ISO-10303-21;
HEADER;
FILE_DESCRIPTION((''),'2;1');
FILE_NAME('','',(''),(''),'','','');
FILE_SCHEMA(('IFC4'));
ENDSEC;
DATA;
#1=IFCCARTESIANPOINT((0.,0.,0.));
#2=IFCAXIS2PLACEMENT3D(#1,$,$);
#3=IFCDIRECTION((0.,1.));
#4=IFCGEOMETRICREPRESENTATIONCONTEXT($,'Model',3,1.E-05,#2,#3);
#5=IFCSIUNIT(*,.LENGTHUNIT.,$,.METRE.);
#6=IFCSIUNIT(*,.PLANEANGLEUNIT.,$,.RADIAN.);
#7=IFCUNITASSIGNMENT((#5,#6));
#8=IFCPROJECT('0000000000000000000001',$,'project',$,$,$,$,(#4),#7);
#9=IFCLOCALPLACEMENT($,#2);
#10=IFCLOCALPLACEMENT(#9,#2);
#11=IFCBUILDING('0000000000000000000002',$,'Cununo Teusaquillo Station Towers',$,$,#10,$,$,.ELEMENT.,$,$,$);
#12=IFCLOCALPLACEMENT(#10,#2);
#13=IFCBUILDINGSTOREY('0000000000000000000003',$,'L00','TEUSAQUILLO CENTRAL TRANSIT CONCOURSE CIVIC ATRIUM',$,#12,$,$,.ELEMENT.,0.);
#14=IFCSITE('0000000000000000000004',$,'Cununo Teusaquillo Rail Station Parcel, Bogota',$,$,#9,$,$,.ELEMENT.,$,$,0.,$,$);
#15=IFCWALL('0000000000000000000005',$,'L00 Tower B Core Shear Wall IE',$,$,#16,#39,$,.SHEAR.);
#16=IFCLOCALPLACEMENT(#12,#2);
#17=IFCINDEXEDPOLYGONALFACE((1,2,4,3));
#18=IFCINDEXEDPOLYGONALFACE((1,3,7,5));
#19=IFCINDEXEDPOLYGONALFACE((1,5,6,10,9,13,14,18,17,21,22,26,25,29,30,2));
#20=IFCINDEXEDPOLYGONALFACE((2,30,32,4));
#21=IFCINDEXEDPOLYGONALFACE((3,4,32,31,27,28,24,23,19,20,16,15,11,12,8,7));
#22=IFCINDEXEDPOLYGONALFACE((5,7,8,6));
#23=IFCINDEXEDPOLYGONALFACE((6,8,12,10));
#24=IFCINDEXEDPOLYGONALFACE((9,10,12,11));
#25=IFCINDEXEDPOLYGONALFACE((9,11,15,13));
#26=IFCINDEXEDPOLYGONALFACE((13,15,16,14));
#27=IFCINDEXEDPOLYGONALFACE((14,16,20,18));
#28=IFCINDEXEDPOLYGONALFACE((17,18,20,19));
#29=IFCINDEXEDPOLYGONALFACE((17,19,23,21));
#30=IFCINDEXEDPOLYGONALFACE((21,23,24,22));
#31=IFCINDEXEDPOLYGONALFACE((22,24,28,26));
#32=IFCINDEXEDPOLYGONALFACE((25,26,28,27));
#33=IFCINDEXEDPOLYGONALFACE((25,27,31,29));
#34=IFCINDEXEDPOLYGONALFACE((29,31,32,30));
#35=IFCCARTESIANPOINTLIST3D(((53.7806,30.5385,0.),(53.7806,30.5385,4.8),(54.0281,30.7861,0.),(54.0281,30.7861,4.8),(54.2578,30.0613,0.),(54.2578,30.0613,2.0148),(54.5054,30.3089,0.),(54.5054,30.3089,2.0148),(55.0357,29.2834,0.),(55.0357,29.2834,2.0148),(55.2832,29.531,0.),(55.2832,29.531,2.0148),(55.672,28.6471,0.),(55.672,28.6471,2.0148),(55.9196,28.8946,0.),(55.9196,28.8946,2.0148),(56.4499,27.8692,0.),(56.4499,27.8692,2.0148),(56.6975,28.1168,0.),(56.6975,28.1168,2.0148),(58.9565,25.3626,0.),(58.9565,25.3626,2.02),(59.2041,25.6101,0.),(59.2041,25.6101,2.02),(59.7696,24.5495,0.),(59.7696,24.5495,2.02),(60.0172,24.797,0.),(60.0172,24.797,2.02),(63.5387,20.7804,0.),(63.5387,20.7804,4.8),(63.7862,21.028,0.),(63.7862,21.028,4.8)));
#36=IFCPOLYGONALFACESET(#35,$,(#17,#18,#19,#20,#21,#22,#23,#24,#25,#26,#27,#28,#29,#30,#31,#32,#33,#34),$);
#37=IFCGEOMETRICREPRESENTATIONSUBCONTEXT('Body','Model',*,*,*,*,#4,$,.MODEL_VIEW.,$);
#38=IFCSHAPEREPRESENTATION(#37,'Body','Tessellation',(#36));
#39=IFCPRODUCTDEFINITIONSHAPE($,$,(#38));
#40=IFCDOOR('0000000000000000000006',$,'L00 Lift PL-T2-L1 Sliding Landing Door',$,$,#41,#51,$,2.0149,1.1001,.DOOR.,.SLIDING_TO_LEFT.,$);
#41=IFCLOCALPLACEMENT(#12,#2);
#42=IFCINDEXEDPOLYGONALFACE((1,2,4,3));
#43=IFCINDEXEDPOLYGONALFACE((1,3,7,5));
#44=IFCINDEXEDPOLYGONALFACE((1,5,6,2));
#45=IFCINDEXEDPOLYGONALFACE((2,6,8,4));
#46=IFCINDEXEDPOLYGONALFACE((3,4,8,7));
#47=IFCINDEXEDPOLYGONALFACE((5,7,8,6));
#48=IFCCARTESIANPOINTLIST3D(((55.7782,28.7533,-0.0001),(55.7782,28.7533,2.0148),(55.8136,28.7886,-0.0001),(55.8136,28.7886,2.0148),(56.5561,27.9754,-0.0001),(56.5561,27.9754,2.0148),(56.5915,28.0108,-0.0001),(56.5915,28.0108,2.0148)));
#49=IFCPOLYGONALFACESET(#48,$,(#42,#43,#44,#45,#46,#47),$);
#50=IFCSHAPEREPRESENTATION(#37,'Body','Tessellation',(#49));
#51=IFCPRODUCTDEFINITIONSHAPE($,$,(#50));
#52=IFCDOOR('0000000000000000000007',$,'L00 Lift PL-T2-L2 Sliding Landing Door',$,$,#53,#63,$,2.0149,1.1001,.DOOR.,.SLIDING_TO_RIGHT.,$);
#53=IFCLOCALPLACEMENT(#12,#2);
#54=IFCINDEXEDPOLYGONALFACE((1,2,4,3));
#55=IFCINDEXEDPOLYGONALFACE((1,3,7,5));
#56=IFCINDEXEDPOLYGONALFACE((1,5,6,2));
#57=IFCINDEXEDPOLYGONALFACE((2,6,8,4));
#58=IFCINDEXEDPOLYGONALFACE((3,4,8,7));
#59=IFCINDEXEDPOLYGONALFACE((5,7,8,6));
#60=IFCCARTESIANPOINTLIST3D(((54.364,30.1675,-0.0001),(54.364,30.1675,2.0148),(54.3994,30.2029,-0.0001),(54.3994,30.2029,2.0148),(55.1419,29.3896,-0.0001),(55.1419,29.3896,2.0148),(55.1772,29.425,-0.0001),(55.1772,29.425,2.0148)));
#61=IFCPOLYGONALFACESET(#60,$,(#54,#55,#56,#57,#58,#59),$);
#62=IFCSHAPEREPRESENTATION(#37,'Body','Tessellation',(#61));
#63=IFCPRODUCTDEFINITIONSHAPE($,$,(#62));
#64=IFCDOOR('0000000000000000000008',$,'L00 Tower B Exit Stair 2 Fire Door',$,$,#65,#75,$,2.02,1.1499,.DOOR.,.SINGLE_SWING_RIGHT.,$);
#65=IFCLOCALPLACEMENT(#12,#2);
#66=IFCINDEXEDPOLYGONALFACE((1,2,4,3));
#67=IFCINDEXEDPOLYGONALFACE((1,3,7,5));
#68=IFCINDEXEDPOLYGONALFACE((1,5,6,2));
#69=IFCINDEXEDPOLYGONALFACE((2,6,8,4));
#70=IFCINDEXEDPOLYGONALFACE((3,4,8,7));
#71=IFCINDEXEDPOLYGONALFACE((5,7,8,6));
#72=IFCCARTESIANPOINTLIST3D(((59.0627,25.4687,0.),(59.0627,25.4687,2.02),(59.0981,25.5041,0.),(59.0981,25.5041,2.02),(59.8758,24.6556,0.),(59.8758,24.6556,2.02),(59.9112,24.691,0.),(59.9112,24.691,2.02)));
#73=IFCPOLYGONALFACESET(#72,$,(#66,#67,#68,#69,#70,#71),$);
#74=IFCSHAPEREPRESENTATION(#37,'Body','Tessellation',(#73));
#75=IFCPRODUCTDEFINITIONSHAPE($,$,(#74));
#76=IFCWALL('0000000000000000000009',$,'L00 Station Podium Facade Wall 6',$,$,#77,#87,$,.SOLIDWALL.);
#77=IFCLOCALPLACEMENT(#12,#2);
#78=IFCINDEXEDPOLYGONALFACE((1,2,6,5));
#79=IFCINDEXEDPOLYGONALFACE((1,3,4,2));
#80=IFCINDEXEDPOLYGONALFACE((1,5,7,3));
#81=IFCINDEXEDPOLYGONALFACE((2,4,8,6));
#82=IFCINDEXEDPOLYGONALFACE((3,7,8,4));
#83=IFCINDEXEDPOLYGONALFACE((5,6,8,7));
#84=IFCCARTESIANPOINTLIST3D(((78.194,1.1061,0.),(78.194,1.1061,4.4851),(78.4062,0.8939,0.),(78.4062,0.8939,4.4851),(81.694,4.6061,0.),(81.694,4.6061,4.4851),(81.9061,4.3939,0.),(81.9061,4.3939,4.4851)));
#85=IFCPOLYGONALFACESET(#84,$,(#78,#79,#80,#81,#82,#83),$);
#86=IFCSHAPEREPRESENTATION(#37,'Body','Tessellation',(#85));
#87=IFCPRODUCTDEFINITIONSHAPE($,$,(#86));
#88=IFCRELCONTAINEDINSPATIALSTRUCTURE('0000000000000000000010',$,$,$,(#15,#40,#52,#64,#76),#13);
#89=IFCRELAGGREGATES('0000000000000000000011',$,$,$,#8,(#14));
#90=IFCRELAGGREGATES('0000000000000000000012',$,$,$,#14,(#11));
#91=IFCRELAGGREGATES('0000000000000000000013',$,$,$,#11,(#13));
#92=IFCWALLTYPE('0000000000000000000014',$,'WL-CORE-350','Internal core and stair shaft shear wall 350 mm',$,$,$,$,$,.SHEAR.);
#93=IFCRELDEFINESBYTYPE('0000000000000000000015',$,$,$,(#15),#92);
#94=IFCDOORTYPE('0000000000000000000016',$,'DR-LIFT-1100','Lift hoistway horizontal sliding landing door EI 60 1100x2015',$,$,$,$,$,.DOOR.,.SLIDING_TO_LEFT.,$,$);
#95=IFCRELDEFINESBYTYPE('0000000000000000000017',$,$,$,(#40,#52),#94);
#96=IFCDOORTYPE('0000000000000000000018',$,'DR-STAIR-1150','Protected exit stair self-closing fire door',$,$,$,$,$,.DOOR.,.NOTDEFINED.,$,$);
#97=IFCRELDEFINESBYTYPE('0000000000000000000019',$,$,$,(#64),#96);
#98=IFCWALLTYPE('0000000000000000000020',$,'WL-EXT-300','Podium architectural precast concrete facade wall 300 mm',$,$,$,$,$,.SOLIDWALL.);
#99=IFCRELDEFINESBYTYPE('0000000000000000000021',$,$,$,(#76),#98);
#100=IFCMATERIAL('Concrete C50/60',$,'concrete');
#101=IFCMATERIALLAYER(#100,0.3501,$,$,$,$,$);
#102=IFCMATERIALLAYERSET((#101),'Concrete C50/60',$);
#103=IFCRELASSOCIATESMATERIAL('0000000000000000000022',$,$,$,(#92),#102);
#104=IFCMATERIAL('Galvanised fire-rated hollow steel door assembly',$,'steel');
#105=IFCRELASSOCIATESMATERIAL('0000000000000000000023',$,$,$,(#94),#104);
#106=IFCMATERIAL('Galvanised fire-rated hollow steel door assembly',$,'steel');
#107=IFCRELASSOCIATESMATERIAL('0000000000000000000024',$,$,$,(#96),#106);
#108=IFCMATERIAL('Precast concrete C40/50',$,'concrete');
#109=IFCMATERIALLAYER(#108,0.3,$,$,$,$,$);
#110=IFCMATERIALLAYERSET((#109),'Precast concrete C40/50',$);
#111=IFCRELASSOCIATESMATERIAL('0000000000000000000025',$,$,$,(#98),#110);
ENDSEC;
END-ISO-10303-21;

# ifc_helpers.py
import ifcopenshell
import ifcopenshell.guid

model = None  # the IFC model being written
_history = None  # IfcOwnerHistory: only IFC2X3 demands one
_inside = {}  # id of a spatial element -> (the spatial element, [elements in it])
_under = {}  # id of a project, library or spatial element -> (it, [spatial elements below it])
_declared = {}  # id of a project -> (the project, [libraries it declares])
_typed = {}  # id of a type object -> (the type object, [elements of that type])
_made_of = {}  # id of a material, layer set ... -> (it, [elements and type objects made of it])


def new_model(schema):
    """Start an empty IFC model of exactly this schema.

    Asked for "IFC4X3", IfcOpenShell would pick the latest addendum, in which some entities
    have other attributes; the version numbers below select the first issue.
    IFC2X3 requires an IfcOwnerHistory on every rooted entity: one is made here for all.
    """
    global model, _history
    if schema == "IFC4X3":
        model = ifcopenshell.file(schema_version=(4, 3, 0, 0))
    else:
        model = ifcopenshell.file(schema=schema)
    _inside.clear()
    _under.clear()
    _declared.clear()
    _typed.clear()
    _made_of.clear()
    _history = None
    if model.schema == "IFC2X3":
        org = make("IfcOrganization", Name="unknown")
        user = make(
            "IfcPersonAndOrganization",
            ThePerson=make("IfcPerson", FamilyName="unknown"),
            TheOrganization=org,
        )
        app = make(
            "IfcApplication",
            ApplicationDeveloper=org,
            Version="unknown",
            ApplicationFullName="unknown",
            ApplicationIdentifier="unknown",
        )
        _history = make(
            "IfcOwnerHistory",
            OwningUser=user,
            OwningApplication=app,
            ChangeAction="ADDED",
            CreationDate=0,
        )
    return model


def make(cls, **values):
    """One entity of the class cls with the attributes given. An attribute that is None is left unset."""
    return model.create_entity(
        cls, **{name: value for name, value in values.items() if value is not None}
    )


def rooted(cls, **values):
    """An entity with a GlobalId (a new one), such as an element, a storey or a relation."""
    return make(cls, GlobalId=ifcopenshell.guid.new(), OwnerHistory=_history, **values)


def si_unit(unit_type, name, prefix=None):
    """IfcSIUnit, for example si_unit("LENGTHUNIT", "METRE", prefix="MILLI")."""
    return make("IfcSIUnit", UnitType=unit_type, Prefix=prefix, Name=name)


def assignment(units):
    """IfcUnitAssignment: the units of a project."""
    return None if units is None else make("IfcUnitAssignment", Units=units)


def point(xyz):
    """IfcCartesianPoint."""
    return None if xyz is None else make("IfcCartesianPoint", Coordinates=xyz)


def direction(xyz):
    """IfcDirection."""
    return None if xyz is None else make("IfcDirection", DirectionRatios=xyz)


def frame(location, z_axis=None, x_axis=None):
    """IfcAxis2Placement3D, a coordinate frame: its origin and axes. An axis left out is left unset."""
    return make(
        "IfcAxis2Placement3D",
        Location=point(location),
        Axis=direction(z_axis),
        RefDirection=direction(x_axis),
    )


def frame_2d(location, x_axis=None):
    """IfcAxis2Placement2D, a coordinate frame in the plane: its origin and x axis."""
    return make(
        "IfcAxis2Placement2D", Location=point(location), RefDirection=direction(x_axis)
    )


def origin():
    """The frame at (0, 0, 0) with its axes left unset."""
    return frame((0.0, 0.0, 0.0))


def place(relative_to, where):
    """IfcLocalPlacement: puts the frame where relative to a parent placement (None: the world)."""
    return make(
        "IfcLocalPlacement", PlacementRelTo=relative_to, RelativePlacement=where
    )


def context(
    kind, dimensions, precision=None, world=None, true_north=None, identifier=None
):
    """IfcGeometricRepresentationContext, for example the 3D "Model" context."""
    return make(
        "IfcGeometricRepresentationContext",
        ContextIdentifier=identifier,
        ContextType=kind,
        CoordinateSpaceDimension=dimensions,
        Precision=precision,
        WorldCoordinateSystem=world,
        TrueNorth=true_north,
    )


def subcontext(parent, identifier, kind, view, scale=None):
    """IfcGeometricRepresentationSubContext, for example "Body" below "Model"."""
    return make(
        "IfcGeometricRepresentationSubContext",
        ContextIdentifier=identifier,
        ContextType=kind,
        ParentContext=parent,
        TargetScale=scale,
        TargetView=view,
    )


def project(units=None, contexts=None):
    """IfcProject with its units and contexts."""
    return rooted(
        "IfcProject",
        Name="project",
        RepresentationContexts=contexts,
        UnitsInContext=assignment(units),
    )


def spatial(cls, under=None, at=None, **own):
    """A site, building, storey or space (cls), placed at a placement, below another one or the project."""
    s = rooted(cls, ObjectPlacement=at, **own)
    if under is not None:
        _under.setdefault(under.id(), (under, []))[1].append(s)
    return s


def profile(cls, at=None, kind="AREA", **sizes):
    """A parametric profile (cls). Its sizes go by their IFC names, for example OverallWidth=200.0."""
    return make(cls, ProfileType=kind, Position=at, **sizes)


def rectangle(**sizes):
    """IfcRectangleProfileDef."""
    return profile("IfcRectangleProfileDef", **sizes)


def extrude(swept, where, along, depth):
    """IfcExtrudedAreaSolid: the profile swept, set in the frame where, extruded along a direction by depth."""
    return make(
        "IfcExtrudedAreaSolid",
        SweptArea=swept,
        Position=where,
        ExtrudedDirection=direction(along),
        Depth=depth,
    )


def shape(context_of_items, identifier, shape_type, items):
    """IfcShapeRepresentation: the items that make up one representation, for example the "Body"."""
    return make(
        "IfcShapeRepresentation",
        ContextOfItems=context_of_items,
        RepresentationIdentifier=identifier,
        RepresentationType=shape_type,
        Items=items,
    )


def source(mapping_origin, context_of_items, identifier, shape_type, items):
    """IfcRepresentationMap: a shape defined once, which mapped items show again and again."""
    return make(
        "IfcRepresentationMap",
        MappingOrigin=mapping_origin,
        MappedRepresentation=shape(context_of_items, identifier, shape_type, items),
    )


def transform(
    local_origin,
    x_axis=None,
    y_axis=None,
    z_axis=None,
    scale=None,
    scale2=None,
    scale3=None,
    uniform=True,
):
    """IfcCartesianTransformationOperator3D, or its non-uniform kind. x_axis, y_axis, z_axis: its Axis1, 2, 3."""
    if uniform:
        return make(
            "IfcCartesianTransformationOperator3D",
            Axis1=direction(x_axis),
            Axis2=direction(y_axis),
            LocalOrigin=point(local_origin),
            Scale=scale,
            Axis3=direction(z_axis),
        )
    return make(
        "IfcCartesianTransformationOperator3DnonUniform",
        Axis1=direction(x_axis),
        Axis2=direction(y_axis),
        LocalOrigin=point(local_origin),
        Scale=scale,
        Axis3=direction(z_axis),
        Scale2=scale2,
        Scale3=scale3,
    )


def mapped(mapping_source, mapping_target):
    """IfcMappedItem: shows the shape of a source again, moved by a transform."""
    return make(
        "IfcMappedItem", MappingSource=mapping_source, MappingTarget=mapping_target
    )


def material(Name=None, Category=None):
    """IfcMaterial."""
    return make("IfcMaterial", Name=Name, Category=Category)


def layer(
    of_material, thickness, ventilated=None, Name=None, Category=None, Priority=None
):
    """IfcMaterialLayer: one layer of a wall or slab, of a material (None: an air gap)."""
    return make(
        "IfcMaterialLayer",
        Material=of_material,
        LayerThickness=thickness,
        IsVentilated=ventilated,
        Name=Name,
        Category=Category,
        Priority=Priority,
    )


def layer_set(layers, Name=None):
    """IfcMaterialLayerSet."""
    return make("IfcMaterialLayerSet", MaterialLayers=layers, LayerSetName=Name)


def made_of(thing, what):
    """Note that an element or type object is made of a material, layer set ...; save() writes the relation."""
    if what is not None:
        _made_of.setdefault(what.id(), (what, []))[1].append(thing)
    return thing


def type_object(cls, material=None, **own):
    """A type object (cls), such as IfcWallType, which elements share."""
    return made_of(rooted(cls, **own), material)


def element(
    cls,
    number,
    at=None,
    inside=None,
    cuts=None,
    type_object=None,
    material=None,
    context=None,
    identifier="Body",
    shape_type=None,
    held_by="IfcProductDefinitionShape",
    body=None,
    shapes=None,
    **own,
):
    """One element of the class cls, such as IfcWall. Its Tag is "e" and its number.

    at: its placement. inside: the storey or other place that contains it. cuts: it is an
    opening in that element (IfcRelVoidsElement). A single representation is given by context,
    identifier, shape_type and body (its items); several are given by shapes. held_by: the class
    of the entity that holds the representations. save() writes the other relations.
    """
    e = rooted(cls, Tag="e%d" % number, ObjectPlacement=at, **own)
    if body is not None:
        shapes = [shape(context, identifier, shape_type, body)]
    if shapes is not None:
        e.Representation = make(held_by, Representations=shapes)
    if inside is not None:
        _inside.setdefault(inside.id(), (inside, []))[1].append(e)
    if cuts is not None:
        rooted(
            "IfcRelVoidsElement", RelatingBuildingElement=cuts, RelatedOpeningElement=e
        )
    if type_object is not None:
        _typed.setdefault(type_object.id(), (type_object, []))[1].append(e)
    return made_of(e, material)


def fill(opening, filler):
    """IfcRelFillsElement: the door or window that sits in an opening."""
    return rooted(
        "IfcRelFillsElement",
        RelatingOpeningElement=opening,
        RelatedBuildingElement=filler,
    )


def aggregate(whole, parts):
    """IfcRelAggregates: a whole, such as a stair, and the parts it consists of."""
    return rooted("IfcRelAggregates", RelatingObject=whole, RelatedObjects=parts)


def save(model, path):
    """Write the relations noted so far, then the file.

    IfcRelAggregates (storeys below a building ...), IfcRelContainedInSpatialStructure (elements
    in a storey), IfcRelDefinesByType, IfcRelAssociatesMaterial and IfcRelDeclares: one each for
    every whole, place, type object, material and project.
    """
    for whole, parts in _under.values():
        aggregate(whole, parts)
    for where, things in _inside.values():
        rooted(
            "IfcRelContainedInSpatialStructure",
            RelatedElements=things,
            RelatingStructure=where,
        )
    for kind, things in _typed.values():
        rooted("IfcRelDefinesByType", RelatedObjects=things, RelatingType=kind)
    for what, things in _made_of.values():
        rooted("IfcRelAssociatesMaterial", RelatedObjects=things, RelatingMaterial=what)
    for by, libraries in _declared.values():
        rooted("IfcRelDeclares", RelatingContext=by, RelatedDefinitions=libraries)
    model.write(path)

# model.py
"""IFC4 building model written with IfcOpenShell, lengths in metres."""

from ifc_helpers import new_model, si_unit, direction, frame, frame_2d, origin, place, context, subcontext, project, spatial, rectangle, extrude, source, transform, mapped, material, layer, layer_set, type_object, element, fill, save


model = new_model("IFC4")

# Units and contexts
model_context = context("Model", 3, precision=1e-05, world=origin(), true_north=direction((0.0, 1.0)))
body_context = subcontext(model_context, "Body", "Model", "MODEL_VIEW")
ifc_project = project(units=[si_unit("LENGTHUNIT", "METRE"), si_unit("PLANEANGLEUNIT", "RADIAN")], contexts=[model_context])

# Site, building, storey
site_placement = place(None, origin())
site = spatial("IfcSite", under=ifc_project, at=site_placement, Name="Cununo Teusaquillo Rail Station Parcel, Bogota", CompositionType="ELEMENT", RefElevation=0.0)
building_placement = place(site_placement, origin())
building = spatial("IfcBuilding", under=site, at=building_placement, Name="Cununo Teusaquillo Station Towers", CompositionType="ELEMENT")
storey_placement = place(building_placement, origin())
storey = spatial("IfcBuildingStorey", under=building, at=storey_placement, Name="L00", Description="TEUSAQUILLO CENTRAL TRANSIT CONCOURSE CIVIC ATRIUM", CompositionType="ELEMENT", Elevation=0.0)

# Wall, openings, doors
ifc_material_1 = material(Name="Concrete C50/60", Category="concrete")
ifc_layer_1 = layer(ifc_material_1, 0.3501)
ifc_layer_set_1 = layer_set([ifc_layer_1], Name="Concrete C50/60")
wall_type_1 = type_object("IfcWallType", Name="WL-CORE-350", Description="Internal core and stair shaft shear wall 350 mm", PredefinedType="SHEAR", material=ifc_layer_set_1)
wall_1_placement = place(storey_placement, frame((63.6624, 20.9043, 0.0), z_axis=(0.0, 0.0, 1.0), x_axis=(-0.707107, 0.707107, 0.0)))
wall_1 = element("IfcWall", 1, at=wall_1_placement, inside=storey, type_object=wall_type_1, Name="L00 Tower B Core Shear Wall IE", PredefinedType="SHEAR", context=body_context, shape_type="SweptSolid", body=[
    extrude(rectangle(XDim=13.8, YDim=0.3501, at=frame_2d((6.8999, 0.0))), origin(), (0.0, 0.0, 1.0), 4.8),
])
shared_shape_1 = source(origin(), body_context, "Body", "SweptSolid", [
    extrude(rectangle(XDim=1.1001, YDim=2.0149, at=frame_2d((0.55, 1.0073))), frame((0.0, 0.1851, 0.0), z_axis=(0.0, -1.0, 0.0), x_axis=(1.0, 0.0, 0.0)), (0.0, 0.0, 1.0), 0.3701),
])
opening_1_placement = place(wall_1_placement, frame((10.0249, 0.0, 0.0)))
opening_1 = element("IfcOpeningElement", 2, at=opening_1_placement, cuts=wall_1, PredefinedType="OPENING", context=body_context, shape_type="MappedRepresentation", body=[
    mapped(shared_shape_1, transform((0.0, 0.0, 0.0), x_axis=(1.0, 0.0, 0.0), y_axis=(0.0, 1.0, 0.0), z_axis=(0.0, 0.0, 1.0), scale=1.0)),
])
opening_2_placement = place(wall_1_placement, frame((12.0249, 0.0, 0.0)))
opening_2 = element("IfcOpeningElement", 3, at=opening_2_placement, cuts=wall_1, PredefinedType="OPENING", context=body_context, shape_type="MappedRepresentation", body=[
    mapped(shared_shape_1, transform((0.0, 0.0, 0.0), x_axis=(1.0, 0.0, 0.0), y_axis=(0.0, 1.0, 0.0), z_axis=(0.0, 0.0, 1.0), scale=1.0)),
])
shared_shape_2 = source(origin(), body_context, "Body", "SweptSolid", [
    extrude(rectangle(XDim=1.1499, YDim=2.02, at=frame_2d((0.575, 1.01))), frame((0.0, 0.1851, 0.0), z_axis=(0.0, -1.0, 0.0), x_axis=(1.0, 0.0, 0.0)), (0.0, 0.0, 1.0), 0.3701),
])
opening_3_placement = place(wall_1_placement, frame((5.3301, 0.0, 0.0)))
opening_3 = element("IfcOpeningElement", 4, at=opening_3_placement, cuts=wall_1, PredefinedType="OPENING", context=body_context, shape_type="MappedRepresentation", body=[
    mapped(shared_shape_2, transform((0.0, 0.0, 0.0), x_axis=(1.0, 0.0, 0.0), y_axis=(0.0, 1.0, 0.0), z_axis=(0.0, 0.0, 1.0), scale=1.0)),
])
ifc_material_2 = material(Name="Galvanised fire-rated hollow steel door assembly", Category="steel")
door_type_1 = type_object("IfcDoorType", Name="DR-LIFT-1100", Description="Lift hoistway horizontal sliding landing door EI 60 1100x2015", OperationType="SLIDING_TO_LEFT", PredefinedType="DOOR", material=ifc_material_2)
shared_shape_3 = source(origin(), body_context, "Body", "SweptSolid", [
    extrude(rectangle(XDim=1.1001, YDim=2.0149, at=frame_2d((0.55, 1.0073))), frame((0.0, 0.0249, 0.0), z_axis=(0.0, -1.0, 0.0), x_axis=(1.0, 0.0, 0.0)), (0.0, 0.0, 1.0), 0.05),
])
door_1_placement = place(opening_1_placement, origin())
door_1 = element("IfcDoor", 5, at=door_1_placement, inside=storey, type_object=door_type_1, Name="L00 Lift PL-T2-L1 Sliding Landing Door", OperationType="SLIDING_TO_LEFT", OverallHeight=2.0149, OverallWidth=1.1001, PredefinedType="DOOR", context=body_context, shape_type="MappedRepresentation", body=[
    mapped(shared_shape_3, transform((0.0, 0.0, 0.0), x_axis=(1.0, 0.0, 0.0), y_axis=(0.0, 1.0, 0.0), z_axis=(0.0, 0.0, 1.0), scale=1.0)),
])
fill(opening_1, door_1)
door_2_placement = place(opening_2_placement, origin())
door_2 = element("IfcDoor", 6, at=door_2_placement, inside=storey, type_object=door_type_1, Name="L00 Lift PL-T2-L2 Sliding Landing Door", OperationType="SLIDING_TO_RIGHT", OverallHeight=2.0149, OverallWidth=1.1001, PredefinedType="DOOR", context=body_context, shape_type="MappedRepresentation", body=[
    mapped(shared_shape_3, transform((0.0, 0.0, 0.0), x_axis=(1.0, 0.0, 0.0), y_axis=(0.0, 1.0, 0.0), z_axis=(0.0, 0.0, 1.0), scale=1.0)),
])
fill(opening_2, door_2)
ifc_material_3 = material(Name="Galvanised fire-rated hollow steel door assembly", Category="steel")
door_type_2 = type_object("IfcDoorType", Name="DR-STAIR-1150", Description="Protected exit stair self-closing fire door", OperationType="NOTDEFINED", PredefinedType="DOOR", material=ifc_material_3)
shared_shape_4 = source(origin(), body_context, "Body", "SweptSolid", [
    extrude(rectangle(XDim=1.1499, YDim=2.02, at=frame_2d((0.575, 1.01))), frame((0.0, 0.0249, 0.0), z_axis=(0.0, -1.0, 0.0), x_axis=(1.0, 0.0, 0.0)), (0.0, 0.0, 1.0), 0.05),
])
door_3_placement = place(opening_3_placement, origin())
door_3 = element("IfcDoor", 7, at=door_3_placement, inside=storey, type_object=door_type_2, Name="L00 Tower B Exit Stair 2 Fire Door", OperationType="SINGLE_SWING_RIGHT", OverallHeight=2.02, OverallWidth=1.1499, PredefinedType="DOOR", context=body_context, shape_type="MappedRepresentation", body=[
    mapped(shared_shape_4, transform((0.0, 0.0, 0.0), x_axis=(1.0, 0.0, 0.0), y_axis=(0.0, 1.0, 0.0), z_axis=(0.0, 0.0, 1.0), scale=1.0)),
])
fill(opening_3, door_3)

# Wall
ifc_material_4 = material(Name="Precast concrete C40/50", Category="concrete")
ifc_layer_2 = layer(ifc_material_4, 0.3)
ifc_layer_set_2 = layer_set([ifc_layer_2], Name="Precast concrete C40/50")
wall_type_2 = type_object("IfcWallType", Name="WL-EXT-300", Description="Podium architectural precast concrete facade wall 300 mm", PredefinedType="SOLIDWALL", material=ifc_layer_set_2)
wall_2_placement = place(storey_placement, frame((81.8, 4.5, 0.0), z_axis=(0.0, 0.0, 1.0), x_axis=(-0.707107, -0.707107, 0.0)))
element("IfcWall", 8, at=wall_2_placement, inside=storey, type_object=wall_type_2, Name="L00 Station Podium Facade Wall 6", PredefinedType="SOLIDWALL", context=body_context, shape_type="SweptSolid", body=[
    extrude(rectangle(XDim=4.9497, YDim=0.3, at=frame_2d((2.4749, 0.0))), origin(), (0.0, 0.0, 1.0), 4.4851),
])

save(model, "model.ifc")
